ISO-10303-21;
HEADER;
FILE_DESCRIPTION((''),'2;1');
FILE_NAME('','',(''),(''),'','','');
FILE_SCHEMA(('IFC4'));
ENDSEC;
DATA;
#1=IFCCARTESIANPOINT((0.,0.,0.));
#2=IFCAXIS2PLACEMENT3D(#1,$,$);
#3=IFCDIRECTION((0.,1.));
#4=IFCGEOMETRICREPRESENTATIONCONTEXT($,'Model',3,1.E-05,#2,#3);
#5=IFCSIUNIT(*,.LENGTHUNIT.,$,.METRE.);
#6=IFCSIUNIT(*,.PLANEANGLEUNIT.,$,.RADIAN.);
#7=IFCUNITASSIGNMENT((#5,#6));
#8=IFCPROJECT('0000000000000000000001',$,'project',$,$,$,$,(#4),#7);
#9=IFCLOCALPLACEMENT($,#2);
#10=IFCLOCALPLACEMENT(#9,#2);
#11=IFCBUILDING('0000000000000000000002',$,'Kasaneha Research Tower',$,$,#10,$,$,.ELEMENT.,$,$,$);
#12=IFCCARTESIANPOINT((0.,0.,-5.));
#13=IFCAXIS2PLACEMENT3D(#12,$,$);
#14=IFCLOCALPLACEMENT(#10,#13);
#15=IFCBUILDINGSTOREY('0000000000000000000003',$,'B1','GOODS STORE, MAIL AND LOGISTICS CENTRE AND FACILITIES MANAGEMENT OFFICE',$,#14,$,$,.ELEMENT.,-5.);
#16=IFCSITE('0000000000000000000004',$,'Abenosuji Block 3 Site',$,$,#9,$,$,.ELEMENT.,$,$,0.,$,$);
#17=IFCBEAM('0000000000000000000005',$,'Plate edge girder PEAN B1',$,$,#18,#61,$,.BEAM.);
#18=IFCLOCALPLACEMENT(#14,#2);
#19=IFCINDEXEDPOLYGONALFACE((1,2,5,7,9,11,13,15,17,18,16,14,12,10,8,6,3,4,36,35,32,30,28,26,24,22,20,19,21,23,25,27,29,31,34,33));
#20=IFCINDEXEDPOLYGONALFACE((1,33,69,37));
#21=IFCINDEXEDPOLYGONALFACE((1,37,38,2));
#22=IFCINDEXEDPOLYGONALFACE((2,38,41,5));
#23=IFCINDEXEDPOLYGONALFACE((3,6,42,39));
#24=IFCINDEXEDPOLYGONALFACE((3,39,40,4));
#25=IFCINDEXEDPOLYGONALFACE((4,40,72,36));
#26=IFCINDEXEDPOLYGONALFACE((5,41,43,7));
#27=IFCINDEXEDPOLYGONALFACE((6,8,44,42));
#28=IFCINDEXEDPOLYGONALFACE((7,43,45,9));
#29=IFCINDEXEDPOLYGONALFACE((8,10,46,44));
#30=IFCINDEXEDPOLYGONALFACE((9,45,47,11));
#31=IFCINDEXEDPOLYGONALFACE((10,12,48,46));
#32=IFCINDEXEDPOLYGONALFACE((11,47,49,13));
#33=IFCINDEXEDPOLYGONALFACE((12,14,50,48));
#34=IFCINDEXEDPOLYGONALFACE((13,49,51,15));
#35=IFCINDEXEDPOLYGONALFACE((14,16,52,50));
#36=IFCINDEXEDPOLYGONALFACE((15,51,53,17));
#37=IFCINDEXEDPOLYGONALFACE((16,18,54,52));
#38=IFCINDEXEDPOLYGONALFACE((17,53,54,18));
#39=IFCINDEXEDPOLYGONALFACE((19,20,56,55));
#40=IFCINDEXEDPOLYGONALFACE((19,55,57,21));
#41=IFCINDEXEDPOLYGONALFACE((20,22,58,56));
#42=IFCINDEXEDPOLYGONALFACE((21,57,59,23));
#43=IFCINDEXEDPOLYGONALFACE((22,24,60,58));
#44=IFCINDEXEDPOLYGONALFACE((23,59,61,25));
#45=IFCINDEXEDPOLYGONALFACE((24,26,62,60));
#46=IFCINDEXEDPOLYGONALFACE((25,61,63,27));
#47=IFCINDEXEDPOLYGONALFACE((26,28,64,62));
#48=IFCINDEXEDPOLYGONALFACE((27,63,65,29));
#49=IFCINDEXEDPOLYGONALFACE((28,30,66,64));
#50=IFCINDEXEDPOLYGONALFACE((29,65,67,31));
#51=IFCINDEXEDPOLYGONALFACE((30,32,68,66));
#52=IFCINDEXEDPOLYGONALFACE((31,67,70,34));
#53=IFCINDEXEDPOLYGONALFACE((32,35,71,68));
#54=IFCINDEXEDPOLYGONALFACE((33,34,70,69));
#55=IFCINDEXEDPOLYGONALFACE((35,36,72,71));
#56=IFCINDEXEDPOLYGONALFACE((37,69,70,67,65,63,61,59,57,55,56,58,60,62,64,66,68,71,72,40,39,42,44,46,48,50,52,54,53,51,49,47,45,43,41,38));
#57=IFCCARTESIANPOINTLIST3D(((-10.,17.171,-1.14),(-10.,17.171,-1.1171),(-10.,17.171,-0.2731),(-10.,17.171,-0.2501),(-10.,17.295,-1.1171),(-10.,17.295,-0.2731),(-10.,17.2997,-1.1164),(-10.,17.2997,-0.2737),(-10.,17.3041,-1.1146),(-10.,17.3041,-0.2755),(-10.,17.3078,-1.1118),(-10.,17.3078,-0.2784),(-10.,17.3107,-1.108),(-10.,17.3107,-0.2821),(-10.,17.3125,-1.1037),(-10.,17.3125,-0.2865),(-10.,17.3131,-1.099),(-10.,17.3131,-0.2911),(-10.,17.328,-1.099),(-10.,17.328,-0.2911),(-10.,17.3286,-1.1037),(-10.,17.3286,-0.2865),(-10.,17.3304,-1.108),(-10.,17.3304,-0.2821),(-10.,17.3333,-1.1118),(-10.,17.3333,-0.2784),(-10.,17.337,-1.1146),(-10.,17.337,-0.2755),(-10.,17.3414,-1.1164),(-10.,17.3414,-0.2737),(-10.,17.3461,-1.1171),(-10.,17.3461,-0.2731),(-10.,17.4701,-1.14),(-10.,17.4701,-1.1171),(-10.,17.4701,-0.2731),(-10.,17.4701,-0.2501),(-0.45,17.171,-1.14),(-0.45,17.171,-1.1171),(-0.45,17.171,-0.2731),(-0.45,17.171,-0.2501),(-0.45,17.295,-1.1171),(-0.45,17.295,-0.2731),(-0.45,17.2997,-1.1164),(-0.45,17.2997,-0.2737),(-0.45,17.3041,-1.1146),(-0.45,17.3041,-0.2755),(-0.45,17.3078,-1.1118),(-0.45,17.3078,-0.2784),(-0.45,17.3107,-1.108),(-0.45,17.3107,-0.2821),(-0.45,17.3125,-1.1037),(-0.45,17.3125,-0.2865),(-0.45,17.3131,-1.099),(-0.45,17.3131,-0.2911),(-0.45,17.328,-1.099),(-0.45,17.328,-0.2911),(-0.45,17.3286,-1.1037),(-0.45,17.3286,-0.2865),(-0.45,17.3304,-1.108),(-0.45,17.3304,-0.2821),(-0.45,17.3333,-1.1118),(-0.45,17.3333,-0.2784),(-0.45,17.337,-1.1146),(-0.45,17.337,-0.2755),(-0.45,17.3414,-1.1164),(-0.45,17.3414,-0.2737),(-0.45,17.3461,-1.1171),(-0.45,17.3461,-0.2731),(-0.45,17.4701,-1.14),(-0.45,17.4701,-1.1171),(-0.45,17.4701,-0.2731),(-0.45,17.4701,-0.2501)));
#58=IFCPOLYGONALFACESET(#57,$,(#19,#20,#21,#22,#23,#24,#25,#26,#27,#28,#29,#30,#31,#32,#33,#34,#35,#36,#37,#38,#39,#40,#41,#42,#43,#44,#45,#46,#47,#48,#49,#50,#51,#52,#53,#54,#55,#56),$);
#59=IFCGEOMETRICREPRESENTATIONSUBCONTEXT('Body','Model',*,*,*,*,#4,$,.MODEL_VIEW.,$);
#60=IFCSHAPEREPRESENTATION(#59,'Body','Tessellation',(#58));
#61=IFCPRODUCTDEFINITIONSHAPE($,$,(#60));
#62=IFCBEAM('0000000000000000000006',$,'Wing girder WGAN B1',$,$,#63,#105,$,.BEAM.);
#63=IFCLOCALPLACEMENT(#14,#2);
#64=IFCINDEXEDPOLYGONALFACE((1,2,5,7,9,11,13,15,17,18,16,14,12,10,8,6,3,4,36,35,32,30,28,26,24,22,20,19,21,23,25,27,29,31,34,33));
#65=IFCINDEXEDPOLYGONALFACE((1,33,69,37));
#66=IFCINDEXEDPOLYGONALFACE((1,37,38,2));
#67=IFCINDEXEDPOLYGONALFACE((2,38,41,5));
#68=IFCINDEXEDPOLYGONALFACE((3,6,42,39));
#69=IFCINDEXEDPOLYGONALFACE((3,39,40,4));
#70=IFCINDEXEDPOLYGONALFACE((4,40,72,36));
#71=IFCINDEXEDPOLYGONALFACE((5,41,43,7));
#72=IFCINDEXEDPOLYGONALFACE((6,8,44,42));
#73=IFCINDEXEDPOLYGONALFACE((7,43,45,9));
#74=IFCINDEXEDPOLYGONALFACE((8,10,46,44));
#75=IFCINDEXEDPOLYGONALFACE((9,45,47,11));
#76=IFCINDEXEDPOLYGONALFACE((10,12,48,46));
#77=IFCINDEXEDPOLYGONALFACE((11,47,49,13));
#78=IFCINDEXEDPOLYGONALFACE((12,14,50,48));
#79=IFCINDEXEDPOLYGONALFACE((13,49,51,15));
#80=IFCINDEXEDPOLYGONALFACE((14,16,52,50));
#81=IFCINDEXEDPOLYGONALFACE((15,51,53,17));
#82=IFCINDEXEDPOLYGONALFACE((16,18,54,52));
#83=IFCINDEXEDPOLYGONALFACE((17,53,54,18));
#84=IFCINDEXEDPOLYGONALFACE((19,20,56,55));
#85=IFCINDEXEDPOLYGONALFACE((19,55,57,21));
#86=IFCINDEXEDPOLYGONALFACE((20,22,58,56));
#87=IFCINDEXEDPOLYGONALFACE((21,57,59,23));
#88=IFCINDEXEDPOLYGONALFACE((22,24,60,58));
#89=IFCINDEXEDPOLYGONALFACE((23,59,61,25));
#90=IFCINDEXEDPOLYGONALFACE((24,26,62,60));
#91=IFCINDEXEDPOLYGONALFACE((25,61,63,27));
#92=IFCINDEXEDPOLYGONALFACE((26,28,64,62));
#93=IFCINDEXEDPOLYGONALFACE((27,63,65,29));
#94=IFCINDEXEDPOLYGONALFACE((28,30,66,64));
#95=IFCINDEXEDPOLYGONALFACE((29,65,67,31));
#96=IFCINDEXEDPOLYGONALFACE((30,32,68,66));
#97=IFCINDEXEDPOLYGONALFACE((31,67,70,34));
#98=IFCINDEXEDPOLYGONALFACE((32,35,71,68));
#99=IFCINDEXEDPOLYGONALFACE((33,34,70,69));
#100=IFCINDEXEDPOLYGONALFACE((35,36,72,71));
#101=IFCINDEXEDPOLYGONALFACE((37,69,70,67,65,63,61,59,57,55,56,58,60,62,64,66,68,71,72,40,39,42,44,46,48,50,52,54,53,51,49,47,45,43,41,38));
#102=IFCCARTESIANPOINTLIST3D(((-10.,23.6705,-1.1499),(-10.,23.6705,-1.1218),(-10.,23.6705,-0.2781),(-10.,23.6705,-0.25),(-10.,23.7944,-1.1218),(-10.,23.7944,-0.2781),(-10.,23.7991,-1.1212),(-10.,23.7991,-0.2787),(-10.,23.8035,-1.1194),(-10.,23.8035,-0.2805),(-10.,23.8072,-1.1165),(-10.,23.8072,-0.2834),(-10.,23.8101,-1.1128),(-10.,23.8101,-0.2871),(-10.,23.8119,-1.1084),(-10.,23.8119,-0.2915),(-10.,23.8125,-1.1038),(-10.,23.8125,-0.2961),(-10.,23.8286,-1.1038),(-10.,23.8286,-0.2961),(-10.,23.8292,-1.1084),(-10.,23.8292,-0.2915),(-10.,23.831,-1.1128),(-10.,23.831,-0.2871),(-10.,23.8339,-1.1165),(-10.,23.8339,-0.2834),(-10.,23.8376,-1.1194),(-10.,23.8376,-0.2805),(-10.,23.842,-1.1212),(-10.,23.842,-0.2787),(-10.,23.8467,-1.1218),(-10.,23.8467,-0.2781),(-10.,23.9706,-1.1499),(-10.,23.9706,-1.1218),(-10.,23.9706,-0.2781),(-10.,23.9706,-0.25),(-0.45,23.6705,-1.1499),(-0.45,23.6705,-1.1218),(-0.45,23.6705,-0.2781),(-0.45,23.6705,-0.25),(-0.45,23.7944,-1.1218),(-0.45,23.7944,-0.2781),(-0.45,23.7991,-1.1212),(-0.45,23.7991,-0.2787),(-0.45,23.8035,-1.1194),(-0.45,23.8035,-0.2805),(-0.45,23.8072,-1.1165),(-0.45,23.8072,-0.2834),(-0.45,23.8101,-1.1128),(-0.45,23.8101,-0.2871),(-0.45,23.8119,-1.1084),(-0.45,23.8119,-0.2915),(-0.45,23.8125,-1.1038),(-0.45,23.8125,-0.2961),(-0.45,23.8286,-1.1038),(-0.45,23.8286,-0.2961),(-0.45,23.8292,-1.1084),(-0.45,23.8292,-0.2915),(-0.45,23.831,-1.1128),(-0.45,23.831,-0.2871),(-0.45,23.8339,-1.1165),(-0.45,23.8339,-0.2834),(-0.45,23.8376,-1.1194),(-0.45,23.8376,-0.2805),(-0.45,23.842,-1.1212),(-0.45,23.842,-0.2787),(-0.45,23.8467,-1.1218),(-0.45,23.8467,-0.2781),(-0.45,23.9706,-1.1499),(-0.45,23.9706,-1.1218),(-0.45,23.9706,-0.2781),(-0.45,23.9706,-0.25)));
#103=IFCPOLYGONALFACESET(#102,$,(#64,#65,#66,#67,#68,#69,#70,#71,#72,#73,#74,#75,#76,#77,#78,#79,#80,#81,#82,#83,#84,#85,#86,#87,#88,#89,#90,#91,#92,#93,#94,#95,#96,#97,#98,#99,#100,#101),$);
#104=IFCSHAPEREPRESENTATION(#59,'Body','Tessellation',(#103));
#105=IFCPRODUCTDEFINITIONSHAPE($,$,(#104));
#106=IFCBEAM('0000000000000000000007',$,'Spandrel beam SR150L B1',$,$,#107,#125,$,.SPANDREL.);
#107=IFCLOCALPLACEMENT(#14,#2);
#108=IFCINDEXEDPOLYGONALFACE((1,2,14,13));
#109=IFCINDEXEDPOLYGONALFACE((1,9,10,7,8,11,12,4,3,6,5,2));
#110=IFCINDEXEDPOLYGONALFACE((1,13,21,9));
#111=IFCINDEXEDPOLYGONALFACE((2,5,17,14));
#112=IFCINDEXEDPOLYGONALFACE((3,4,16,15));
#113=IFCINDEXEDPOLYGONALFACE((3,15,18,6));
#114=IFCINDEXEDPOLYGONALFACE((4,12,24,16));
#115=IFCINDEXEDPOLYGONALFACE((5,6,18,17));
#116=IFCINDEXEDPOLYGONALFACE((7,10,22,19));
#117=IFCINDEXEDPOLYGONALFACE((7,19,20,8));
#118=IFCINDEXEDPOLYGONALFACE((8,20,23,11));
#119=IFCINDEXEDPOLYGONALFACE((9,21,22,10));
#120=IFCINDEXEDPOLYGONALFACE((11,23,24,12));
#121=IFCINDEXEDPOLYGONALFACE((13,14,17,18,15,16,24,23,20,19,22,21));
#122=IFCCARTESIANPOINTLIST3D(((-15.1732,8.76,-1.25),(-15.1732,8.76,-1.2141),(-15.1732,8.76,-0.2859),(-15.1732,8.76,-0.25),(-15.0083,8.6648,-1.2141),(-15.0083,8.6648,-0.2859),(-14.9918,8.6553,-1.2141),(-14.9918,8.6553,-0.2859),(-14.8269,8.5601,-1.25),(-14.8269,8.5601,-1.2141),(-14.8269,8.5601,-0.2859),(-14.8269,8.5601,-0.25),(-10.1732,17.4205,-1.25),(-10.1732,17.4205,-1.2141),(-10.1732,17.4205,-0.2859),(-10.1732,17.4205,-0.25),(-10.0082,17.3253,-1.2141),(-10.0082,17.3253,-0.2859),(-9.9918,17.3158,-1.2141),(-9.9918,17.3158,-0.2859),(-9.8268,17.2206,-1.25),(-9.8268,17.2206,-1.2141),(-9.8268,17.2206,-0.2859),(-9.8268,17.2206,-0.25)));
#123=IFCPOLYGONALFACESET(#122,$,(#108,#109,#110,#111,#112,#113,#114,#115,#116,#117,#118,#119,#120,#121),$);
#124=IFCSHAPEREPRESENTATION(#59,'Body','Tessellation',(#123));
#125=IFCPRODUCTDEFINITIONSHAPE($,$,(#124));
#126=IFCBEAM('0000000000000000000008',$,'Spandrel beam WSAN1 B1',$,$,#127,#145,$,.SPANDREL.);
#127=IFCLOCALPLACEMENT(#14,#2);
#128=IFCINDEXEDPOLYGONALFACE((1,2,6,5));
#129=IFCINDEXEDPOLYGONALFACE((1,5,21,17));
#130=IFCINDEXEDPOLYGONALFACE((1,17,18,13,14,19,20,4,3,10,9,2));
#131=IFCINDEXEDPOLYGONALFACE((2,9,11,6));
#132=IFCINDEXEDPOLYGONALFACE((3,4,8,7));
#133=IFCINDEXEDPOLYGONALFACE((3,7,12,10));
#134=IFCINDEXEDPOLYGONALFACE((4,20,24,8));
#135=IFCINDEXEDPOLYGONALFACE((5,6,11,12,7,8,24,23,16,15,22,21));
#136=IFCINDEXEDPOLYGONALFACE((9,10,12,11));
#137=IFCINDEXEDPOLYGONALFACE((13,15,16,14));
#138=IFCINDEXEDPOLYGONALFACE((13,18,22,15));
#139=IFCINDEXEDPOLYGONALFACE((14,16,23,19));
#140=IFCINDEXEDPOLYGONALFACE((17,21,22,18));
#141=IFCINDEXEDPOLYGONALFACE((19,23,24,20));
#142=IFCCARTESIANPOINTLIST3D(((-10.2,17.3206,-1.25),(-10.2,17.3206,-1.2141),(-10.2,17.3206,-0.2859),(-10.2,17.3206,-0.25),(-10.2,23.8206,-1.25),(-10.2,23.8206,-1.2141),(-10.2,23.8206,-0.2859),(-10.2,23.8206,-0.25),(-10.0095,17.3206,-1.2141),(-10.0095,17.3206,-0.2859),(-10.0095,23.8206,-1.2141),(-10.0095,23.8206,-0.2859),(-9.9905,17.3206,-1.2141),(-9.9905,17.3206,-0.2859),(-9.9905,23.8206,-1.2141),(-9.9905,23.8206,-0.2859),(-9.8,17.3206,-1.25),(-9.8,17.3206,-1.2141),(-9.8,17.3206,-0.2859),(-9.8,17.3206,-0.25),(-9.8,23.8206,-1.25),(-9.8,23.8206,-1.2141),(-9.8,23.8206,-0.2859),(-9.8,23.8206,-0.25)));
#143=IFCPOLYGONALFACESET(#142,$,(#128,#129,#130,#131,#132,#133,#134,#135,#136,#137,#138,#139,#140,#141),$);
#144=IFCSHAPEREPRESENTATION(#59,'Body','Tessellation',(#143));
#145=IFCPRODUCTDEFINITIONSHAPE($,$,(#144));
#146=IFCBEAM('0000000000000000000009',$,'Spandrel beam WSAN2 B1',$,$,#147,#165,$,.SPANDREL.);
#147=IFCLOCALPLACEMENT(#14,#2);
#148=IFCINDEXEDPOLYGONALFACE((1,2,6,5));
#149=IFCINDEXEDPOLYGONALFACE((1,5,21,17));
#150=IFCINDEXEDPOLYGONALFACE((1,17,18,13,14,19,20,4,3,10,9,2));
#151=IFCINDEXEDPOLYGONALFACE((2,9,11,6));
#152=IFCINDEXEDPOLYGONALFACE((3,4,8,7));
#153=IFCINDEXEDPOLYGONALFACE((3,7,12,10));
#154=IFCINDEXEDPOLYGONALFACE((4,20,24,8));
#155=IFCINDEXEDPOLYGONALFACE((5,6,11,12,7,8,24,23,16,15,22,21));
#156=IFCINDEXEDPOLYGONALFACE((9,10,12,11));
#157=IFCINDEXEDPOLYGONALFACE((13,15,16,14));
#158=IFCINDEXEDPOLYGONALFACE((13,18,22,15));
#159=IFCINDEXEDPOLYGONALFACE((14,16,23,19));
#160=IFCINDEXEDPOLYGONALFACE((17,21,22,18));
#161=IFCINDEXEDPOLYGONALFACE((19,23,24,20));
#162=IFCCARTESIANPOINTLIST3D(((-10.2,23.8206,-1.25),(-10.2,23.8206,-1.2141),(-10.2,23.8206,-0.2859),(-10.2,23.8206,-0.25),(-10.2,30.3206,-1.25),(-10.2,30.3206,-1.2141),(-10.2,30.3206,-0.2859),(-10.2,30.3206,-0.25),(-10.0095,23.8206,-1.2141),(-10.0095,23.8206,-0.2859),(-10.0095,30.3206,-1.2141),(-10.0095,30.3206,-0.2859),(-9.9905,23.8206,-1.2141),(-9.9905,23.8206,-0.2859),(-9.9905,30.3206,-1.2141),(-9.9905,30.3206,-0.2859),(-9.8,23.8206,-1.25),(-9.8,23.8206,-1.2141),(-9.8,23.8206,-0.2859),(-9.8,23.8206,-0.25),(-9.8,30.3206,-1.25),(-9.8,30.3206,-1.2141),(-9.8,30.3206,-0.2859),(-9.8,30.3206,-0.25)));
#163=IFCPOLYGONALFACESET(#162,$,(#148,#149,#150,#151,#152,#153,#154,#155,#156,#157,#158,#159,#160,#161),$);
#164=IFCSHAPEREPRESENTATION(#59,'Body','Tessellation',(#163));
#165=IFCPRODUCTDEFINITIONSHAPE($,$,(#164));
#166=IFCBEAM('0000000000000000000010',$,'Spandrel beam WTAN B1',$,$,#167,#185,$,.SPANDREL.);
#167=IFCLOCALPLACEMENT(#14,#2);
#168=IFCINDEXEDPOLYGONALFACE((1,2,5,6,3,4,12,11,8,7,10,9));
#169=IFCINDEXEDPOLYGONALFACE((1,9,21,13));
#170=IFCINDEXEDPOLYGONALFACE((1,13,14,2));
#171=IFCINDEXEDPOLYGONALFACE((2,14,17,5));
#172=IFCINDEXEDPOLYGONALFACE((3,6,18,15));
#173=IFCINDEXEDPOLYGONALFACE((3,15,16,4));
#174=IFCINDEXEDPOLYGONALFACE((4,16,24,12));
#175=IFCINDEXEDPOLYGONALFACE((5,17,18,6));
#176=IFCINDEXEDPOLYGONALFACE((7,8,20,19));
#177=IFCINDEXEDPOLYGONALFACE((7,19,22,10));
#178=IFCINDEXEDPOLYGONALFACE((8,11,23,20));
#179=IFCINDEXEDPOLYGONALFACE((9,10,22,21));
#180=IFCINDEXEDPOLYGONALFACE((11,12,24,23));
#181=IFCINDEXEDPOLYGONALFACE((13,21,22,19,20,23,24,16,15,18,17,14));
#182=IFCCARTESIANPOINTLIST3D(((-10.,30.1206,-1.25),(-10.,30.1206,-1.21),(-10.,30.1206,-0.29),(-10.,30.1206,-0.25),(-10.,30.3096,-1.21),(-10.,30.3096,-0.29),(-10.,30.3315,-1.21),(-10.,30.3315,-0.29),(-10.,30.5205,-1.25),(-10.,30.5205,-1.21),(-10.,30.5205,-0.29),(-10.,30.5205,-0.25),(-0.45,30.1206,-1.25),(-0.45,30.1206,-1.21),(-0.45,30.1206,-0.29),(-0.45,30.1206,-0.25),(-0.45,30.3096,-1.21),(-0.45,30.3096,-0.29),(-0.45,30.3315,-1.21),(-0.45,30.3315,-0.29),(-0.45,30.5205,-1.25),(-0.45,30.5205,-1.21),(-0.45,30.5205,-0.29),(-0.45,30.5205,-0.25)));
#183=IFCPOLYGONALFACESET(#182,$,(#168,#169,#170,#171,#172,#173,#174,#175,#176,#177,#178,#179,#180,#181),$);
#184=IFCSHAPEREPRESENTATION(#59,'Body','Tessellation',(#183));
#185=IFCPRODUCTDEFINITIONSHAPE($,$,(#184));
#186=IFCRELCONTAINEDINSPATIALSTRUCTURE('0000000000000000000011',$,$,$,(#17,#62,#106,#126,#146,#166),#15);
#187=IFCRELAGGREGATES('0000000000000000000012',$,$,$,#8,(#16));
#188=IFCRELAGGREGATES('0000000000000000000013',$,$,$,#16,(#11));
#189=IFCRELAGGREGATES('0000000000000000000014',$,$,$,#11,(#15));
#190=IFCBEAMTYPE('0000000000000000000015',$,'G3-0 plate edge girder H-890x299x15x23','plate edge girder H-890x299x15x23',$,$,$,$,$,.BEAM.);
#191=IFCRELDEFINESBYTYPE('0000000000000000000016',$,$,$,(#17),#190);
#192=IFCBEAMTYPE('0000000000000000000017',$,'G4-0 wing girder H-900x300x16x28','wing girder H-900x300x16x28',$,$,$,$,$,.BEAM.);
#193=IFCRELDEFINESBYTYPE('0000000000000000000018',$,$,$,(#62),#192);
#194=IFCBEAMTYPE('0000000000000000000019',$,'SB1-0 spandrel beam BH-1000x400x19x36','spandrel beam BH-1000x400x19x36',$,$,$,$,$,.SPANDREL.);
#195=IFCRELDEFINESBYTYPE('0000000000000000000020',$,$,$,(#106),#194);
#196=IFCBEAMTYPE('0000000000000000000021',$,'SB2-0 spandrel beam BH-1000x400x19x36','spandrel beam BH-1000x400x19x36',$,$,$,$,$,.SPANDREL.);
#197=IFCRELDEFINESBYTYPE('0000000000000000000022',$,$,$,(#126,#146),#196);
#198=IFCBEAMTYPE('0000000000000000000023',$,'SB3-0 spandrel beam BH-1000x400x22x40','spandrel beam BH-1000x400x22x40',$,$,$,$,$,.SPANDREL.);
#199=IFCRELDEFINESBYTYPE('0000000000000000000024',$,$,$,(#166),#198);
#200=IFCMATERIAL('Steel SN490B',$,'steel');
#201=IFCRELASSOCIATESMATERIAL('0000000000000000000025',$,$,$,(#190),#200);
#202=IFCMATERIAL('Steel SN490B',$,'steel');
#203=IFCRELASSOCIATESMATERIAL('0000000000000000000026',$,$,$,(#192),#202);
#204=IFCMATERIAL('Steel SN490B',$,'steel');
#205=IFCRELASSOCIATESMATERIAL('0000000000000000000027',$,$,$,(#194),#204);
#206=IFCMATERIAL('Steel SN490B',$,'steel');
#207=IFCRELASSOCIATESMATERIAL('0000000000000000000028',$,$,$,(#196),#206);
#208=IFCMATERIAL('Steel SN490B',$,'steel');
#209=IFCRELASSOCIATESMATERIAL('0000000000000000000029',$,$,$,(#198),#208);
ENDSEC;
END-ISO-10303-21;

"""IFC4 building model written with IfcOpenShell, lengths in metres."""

from ifc_helpers import new_model, si_unit, direction, frame, origin, origin_2d, place, context, subcontext, project, spatial, i_section, extrude, material, material_profile, profile_set, type_object, element, save


model = new_model("IFC4")

# Units and contexts
model_context = context("Model", 3, precision=1e-05, world=origin(), true_north=direction((0.0, 1.0)))
body_context = subcontext(model_context, "Body", "Model", "MODEL_VIEW")
ifc_project = project(units=[si_unit("LENGTHUNIT", "METRE"), si_unit("PLANEANGLEUNIT", "RADIAN")], contexts=[model_context])

# Site, building, storey
site_placement = place(None, origin())
site = spatial("IfcSite", under=ifc_project, at=site_placement, Name="Abenosuji Block 3 Site", CompositionType="ELEMENT", RefElevation=0.0)
building_placement = place(site_placement, origin())
building = spatial("IfcBuilding", under=site, at=building_placement, Name="Kasaneha Research Tower", CompositionType="ELEMENT")
storey_placement = place(building_placement, frame((0.0, 0.0, -5.0)))
storey = spatial("IfcBuildingStorey", under=building, at=storey_placement, Name="B1", Description="GOODS STORE, MAIL AND LOGISTICS CENTRE AND FACILITIES MANAGEMENT OFFICE", CompositionType="ELEMENT", Elevation=-5.0)

# Beams
ifc_material_1 = material(Name="Steel SN490B", Category="steel")
ifc_material_profile_1 = material_profile(ifc_material_1, i_section(OverallWidth=0.2991, OverallDepth=0.8899, WebThickness=0.0149, FlangeThickness=0.0229, FilletRadius=0.0181, at=origin_2d()), Name="H-890x299x15x23")
ifc_profile_set_1 = profile_set([ifc_material_profile_1], Name="Steel SN490B")
beam_type_1 = type_object("IfcBeamType", Name="G3-0 plate edge girder H-890x299x15x23", Description="plate edge girder H-890x299x15x23", PredefinedType="BEAM", material=ifc_profile_set_1)
beam_1_placement = place(storey_placement, frame((-10.0, 17.3206, -0.6951), z_axis=(1.0, 0.0, 0.0), x_axis=(0.0, 1.0, 0.0)))
element("IfcBeam", 1, at=beam_1_placement, inside=storey, type_object=beam_type_1, Name="Plate edge girder PEAN B1", PredefinedType="BEAM", context=body_context, shape_type="SweptSolid", body=[
    extrude(i_section(OverallWidth=0.2991, OverallDepth=0.8899, WebThickness=0.0149, FlangeThickness=0.0229, FilletRadius=0.0181, at=origin_2d()), origin(), (0.0, 0.0, 1.0), 9.55),
])
ifc_material_2 = material(Name="Steel SN490B", Category="steel")
ifc_material_profile_2 = material_profile(ifc_material_2, i_section(OverallWidth=0.3, OverallDepth=0.8999, WebThickness=0.0161, FlangeThickness=0.0281, FilletRadius=0.0181, at=origin_2d()), Name="H-900x300x16x28")
ifc_profile_set_2 = profile_set([ifc_material_profile_2], Name="Steel SN490B")
beam_type_2 = type_object("IfcBeamType", Name="G4-0 wing girder H-900x300x16x28", Description="wing girder H-900x300x16x28", PredefinedType="BEAM", material=ifc_profile_set_2)
beam_2_placement = place(storey_placement, frame((-10.0, 23.8206, -0.7), z_axis=(1.0, 0.0, 0.0), x_axis=(0.0, 1.0, 0.0)))
element("IfcBeam", 2, at=beam_2_placement, inside=storey, type_object=beam_type_2, Name="Wing girder WGAN B1", PredefinedType="BEAM", context=body_context, shape_type="SweptSolid", body=[
    extrude(i_section(OverallWidth=0.3, OverallDepth=0.8999, WebThickness=0.0161, FlangeThickness=0.0281, FilletRadius=0.0181, at=origin_2d()), origin(), (0.0, 0.0, 1.0), 9.55),
])
ifc_material_3 = material(Name="Steel SN490B", Category="steel")
ifc_material_profile_3 = material_profile(ifc_material_3, i_section(OverallWidth=0.3999, OverallDepth=1.0, WebThickness=0.019, FlangeThickness=0.0359, at=origin_2d()), Name="BH-1000x400x19x36")
ifc_profile_set_3 = profile_set([ifc_material_profile_3], Name="Steel SN490B")
beam_type_3 = type_object("IfcBeamType", Name="SB1-0 spandrel beam BH-1000x400x19x36", Description="spandrel beam BH-1000x400x19x36", PredefinedType="SPANDREL", material=ifc_profile_set_3)
beam_3_placement = place(storey_placement, frame((-10.0, 17.3206, -0.75), z_axis=(-0.499994, -0.866029, 0.0), x_axis=(0.866029, -0.499994, 0.0)))
element("IfcBeam", 3, at=beam_3_placement, inside=storey, type_object=beam_type_3, Name="Spandrel beam SR150L B1", PredefinedType="SPANDREL", context=body_context, shape_type="SweptSolid", body=[
    extrude(i_section(OverallWidth=0.3999, OverallDepth=1.0, WebThickness=0.019, FlangeThickness=0.0359, at=origin_2d()), origin(), (0.0, 0.0, 1.0), 10.0002),
])
ifc_material_4 = material(Name="Steel SN490B", Category="steel")
ifc_material_profile_4 = material_profile(ifc_material_4, i_section(OverallWidth=0.3999, OverallDepth=1.0, WebThickness=0.019, FlangeThickness=0.0359, at=origin_2d()), Name="BH-1000x400x19x36")
ifc_profile_set_4 = profile_set([ifc_material_profile_4], Name="Steel SN490B")
beam_type_4 = type_object("IfcBeamType", Name="SB2-0 spandrel beam BH-1000x400x19x36", Description="spandrel beam BH-1000x400x19x36", PredefinedType="SPANDREL", material=ifc_profile_set_4)
for number, where, z_axis, x_axis, name in (
    (4, (-10.0, 17.3206, -0.75), (0.0, 1.0, 0.0), (-1.0, 0.0, 0.0), "Spandrel beam WSAN1 B1"),
    (5, (-10.0, 23.8206, -0.75), (0.0, 1.0, 0.0), (-1.0, 0.0, 0.0), "Spandrel beam WSAN2 B1"),
):
    element("IfcBeam", number, at=place(storey_placement, frame(where, z_axis=z_axis, x_axis=x_axis)), inside=storey, type_object=beam_type_4, Name=name, PredefinedType="SPANDREL", context=body_context, shape_type="SweptSolid", body=[
        extrude(i_section(OverallWidth=0.3999, OverallDepth=1.0, WebThickness=0.019, FlangeThickness=0.0359, at=origin_2d()), origin(), (0.0, 0.0, 1.0), 6.5),
    ])
ifc_material_5 = material(Name="Steel SN490B", Category="steel")
ifc_material_profile_5 = material_profile(ifc_material_5, i_section(OverallWidth=0.3999, OverallDepth=1.0, WebThickness=0.022, FlangeThickness=0.04, at=origin_2d()), Name="BH-1000x400x22x40")
ifc_profile_set_5 = profile_set([ifc_material_profile_5], Name="Steel SN490B")
beam_type_5 = type_object("IfcBeamType", Name="SB3-0 spandrel beam BH-1000x400x22x40", Description="spandrel beam BH-1000x400x22x40", PredefinedType="SPANDREL", material=ifc_profile_set_5)
beam_4_placement = place(storey_placement, frame((-10.0, 30.3206, -0.75), z_axis=(1.0, 0.0, 0.0), x_axis=(0.0, 1.0, 0.0)))
element("IfcBeam", 6, at=beam_4_placement, inside=storey, type_object=beam_type_5, Name="Spandrel beam WTAN B1", PredefinedType="SPANDREL", context=body_context, shape_type="SweptSolid", body=[
    extrude(i_section(OverallWidth=0.3999, OverallDepth=1.0, WebThickness=0.022, FlangeThickness=0.04, at=origin_2d()), origin(), (0.0, 0.0, 1.0), 9.55),
])

save(model, "model.ifc")
